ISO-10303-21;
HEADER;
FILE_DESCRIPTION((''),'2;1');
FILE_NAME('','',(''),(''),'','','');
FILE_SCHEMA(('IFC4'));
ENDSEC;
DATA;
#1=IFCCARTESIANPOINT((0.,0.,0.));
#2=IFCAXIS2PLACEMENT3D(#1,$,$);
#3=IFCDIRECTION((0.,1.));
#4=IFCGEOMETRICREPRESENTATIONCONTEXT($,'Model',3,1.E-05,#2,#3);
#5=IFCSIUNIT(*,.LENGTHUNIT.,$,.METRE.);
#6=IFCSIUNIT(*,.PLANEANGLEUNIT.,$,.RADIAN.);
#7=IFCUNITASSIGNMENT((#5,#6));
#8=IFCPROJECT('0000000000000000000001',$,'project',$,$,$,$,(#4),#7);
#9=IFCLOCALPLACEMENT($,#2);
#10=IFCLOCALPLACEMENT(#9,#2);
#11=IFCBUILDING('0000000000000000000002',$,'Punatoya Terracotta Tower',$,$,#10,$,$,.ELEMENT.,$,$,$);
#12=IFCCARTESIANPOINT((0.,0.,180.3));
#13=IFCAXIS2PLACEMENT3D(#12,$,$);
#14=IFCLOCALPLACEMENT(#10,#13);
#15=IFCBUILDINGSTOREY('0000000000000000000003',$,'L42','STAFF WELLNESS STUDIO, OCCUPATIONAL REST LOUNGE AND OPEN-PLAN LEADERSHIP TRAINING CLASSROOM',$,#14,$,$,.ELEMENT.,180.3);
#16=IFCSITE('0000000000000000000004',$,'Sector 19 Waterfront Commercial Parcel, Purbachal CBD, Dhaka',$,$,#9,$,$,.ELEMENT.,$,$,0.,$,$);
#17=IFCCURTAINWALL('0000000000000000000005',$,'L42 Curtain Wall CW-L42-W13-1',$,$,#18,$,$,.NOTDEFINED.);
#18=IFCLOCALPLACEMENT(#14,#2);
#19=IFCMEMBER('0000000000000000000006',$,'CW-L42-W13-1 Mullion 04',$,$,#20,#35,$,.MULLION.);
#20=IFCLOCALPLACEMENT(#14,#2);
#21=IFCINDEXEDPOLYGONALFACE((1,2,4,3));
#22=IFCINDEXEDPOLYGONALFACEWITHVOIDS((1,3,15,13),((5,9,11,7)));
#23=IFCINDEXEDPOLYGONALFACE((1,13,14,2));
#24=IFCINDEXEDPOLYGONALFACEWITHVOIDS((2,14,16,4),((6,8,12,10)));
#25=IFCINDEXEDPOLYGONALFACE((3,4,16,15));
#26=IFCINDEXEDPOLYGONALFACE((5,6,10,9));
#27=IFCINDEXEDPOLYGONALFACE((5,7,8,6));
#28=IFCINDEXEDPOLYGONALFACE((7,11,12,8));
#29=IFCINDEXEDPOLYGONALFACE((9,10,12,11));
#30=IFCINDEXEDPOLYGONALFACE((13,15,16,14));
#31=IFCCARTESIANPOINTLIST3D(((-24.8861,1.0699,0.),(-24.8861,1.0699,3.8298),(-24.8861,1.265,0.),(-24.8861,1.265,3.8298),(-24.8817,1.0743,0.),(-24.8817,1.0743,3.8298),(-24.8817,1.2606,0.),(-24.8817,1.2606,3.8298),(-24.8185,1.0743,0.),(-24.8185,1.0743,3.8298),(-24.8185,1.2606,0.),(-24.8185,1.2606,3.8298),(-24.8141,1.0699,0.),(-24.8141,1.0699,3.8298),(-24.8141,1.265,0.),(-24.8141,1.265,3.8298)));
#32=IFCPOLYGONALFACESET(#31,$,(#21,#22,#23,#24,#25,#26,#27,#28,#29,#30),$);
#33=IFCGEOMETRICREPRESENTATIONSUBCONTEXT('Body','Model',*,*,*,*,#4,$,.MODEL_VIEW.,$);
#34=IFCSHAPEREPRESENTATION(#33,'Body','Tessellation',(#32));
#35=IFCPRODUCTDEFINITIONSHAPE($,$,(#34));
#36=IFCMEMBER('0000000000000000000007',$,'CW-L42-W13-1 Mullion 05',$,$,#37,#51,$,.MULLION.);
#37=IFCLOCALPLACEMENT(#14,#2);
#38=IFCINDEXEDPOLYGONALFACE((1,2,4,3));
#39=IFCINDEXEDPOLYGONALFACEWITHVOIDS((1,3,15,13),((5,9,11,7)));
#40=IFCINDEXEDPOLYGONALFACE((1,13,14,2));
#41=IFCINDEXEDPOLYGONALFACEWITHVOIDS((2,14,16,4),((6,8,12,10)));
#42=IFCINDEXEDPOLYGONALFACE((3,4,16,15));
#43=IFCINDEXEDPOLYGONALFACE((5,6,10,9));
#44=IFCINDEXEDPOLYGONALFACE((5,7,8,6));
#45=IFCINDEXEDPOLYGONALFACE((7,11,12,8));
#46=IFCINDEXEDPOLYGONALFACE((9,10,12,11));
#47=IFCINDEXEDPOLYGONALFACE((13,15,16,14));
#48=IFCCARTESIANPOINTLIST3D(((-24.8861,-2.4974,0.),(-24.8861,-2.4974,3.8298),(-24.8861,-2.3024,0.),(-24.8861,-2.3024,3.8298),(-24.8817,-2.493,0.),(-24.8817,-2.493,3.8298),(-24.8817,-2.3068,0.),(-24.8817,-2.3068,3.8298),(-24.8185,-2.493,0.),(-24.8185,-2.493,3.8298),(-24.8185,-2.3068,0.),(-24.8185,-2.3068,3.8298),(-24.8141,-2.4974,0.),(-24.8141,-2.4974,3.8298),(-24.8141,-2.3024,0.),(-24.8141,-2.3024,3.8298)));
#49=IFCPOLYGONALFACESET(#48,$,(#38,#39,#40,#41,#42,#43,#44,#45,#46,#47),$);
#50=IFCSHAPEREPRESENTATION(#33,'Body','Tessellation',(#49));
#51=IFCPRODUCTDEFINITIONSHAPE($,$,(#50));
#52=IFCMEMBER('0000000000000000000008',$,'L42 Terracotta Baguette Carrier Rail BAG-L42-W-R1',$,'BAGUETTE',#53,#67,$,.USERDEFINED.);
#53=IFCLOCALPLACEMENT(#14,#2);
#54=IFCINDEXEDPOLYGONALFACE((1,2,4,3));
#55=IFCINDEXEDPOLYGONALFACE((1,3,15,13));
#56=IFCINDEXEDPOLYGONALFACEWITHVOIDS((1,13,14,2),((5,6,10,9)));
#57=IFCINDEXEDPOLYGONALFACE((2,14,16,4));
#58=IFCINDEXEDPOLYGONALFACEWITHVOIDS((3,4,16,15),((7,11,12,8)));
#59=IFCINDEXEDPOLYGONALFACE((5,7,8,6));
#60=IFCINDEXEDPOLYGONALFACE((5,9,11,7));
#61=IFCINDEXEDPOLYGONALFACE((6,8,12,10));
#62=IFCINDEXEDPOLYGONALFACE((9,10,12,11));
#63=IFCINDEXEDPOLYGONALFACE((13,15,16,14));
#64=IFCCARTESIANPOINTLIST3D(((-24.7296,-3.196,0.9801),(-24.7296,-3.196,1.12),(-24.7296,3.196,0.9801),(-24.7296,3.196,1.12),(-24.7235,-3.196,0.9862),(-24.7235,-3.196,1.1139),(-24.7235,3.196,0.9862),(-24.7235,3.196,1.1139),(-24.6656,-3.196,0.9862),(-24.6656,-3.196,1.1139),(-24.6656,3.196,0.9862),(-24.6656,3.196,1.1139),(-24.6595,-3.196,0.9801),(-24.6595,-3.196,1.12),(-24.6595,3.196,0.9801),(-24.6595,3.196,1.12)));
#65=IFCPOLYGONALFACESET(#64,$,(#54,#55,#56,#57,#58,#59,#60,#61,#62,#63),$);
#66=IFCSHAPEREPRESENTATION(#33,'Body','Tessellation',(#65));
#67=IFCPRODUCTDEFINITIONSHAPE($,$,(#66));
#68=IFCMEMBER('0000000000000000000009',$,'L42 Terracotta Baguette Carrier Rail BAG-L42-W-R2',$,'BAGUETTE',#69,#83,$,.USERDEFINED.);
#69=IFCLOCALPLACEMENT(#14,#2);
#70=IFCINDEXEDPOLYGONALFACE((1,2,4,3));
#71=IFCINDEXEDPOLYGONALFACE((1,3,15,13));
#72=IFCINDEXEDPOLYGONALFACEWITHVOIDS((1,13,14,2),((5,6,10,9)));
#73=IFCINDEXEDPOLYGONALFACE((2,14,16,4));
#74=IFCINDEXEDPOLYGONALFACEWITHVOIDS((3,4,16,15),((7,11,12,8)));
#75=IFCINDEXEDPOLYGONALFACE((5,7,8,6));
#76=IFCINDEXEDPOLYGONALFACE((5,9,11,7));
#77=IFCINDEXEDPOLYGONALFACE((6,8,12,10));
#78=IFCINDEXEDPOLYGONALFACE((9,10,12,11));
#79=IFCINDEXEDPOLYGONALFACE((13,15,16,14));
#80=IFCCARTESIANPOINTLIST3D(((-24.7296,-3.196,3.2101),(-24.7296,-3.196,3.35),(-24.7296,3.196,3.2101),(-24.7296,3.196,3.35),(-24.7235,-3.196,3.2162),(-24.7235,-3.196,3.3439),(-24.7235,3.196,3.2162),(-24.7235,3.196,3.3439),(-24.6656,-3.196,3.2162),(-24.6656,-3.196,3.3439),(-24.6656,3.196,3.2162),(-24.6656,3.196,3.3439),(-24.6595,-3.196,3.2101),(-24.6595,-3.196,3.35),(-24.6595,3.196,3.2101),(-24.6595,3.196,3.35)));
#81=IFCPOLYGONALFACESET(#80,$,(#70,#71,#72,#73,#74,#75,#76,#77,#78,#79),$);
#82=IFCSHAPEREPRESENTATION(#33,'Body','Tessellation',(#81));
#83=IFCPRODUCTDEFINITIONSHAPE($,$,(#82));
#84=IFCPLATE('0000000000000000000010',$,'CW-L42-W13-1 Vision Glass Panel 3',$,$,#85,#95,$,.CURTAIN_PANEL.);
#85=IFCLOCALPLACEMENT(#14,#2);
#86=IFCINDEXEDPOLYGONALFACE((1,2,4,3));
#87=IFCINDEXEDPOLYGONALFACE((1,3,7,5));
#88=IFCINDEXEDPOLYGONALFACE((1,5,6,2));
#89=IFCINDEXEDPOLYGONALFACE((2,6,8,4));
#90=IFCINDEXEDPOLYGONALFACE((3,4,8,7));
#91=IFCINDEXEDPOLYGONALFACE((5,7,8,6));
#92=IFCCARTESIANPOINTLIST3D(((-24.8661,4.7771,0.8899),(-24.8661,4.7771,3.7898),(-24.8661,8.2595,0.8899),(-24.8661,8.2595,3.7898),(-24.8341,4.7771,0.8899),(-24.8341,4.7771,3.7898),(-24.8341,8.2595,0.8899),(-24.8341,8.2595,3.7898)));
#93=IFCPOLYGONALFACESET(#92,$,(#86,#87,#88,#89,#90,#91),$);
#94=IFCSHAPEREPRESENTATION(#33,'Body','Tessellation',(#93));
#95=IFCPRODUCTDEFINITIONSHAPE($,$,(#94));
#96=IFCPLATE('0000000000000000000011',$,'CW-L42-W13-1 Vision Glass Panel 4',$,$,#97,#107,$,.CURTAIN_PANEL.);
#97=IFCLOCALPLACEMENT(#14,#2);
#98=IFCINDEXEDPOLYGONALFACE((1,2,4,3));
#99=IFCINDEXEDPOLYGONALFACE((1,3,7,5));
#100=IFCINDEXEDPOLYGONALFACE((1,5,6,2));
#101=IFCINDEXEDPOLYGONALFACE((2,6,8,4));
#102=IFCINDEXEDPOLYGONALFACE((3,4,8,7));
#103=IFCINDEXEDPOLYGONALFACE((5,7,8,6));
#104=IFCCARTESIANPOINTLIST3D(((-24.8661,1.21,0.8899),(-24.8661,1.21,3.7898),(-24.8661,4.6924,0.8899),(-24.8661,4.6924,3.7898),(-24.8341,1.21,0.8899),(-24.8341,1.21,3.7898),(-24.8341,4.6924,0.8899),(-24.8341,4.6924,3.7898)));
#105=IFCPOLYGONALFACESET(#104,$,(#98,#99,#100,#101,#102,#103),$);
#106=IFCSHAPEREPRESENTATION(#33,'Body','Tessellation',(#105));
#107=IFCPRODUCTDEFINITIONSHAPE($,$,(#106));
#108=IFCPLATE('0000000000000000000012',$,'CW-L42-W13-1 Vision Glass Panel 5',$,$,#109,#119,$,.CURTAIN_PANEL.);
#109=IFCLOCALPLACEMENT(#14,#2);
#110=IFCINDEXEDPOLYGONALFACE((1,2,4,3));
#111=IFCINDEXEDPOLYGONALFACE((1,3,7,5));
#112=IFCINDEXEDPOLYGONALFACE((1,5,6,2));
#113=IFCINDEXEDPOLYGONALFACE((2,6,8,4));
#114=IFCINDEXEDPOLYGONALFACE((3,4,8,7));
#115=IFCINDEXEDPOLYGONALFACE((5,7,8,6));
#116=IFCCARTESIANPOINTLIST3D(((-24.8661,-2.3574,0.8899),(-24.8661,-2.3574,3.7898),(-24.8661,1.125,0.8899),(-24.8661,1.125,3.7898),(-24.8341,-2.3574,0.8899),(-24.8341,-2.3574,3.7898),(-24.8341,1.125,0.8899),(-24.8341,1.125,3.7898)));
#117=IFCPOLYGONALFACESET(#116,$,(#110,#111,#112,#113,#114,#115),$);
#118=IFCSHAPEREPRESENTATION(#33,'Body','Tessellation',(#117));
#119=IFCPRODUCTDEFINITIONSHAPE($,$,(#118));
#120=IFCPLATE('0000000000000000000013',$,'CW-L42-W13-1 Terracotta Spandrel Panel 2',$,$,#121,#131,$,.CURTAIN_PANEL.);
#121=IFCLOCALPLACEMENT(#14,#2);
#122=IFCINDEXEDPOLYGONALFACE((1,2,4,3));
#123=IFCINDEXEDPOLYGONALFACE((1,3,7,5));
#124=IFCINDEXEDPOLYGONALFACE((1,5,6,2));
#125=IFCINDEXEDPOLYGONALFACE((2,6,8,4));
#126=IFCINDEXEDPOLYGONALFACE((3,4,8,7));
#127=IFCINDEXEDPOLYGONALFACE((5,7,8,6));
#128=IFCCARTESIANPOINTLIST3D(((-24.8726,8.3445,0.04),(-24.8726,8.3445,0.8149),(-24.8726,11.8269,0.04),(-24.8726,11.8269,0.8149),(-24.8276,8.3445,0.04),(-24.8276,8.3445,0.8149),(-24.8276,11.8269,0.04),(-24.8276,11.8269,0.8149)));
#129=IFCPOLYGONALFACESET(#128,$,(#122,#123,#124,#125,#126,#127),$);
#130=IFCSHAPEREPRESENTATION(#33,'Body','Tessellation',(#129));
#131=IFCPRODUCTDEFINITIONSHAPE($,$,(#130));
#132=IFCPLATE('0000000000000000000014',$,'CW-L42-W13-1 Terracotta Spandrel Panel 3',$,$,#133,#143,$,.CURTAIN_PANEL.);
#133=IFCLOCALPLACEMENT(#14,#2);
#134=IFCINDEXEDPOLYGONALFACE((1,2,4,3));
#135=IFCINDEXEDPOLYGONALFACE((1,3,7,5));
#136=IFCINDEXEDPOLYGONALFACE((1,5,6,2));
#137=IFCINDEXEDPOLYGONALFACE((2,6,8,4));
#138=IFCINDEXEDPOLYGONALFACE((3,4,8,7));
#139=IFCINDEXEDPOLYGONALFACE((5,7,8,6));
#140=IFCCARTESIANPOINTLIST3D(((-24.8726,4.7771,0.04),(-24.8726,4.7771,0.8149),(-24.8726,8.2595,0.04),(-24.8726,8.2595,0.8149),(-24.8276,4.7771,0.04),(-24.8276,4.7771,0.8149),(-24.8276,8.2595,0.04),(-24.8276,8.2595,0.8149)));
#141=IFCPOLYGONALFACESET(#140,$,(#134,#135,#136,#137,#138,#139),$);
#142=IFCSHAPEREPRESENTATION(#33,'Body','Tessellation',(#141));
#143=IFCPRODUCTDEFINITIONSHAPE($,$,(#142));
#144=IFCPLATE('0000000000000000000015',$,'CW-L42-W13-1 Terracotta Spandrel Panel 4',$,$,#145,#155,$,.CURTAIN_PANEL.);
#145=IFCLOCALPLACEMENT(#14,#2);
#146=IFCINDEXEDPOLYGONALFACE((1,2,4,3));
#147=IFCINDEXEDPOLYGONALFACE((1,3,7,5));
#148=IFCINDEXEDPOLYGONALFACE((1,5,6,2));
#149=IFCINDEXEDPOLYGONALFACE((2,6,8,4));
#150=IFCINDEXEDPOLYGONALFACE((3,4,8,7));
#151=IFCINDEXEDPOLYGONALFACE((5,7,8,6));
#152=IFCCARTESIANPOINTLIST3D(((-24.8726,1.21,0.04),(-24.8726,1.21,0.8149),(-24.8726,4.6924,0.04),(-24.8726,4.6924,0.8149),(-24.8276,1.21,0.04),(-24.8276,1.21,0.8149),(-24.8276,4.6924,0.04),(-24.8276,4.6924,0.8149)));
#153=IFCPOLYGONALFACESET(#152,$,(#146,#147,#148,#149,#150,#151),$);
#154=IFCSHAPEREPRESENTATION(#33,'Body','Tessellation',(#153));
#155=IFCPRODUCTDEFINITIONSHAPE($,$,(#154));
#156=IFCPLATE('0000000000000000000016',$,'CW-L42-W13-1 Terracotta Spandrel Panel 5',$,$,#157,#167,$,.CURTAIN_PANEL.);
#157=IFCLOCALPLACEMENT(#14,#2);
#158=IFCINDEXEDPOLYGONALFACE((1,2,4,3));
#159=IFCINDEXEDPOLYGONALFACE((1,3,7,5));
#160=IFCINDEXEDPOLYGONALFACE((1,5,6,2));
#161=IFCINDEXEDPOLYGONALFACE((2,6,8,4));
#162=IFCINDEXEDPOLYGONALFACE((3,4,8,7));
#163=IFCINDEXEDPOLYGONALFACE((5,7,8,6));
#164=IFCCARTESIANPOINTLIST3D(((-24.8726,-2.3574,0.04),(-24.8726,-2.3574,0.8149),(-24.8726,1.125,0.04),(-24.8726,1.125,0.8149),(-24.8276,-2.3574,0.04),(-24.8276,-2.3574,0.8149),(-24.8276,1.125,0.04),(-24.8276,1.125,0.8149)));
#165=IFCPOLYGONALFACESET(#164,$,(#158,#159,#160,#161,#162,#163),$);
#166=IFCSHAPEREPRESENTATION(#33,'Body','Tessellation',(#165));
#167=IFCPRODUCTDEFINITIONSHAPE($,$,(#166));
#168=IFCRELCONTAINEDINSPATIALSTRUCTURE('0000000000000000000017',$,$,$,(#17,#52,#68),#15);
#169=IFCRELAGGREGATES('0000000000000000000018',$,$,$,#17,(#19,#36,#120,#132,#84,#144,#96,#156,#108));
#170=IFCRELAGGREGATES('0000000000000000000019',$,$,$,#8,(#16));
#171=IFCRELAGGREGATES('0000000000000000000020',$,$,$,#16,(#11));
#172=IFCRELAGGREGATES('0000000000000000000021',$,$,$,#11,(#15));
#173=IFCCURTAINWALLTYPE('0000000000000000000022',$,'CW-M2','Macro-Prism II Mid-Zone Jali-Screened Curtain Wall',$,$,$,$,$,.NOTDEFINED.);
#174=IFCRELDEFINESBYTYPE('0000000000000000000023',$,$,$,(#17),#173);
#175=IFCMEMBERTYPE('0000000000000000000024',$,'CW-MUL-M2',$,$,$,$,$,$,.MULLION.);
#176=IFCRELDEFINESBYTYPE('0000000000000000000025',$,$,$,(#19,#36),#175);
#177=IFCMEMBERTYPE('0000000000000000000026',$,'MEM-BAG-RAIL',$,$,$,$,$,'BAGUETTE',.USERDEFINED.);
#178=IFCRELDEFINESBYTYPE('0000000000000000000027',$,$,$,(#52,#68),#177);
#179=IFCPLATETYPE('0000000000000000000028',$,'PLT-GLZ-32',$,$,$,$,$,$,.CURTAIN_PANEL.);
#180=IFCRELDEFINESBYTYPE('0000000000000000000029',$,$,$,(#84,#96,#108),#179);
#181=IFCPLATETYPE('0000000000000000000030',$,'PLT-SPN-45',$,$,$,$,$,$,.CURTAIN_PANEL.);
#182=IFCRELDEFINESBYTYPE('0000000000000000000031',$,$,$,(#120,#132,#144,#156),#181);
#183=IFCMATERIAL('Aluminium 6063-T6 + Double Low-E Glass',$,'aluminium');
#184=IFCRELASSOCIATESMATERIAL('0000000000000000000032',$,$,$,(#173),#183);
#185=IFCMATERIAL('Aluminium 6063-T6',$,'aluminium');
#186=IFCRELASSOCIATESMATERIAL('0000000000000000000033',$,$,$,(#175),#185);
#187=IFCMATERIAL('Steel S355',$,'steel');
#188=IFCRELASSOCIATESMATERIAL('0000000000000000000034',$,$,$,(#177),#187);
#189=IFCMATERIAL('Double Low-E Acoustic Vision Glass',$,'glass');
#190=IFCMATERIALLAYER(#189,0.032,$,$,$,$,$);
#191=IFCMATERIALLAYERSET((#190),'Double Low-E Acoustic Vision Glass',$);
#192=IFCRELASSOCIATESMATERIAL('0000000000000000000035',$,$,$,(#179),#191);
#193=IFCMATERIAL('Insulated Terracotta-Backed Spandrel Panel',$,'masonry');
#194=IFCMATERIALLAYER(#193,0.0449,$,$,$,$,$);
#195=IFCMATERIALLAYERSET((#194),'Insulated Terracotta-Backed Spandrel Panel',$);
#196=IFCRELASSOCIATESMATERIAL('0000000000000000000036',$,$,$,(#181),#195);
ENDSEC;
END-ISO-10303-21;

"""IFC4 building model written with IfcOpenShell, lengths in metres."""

from ifc_helpers import new_model, si_unit, direction, frame, origin, origin_2d, place, context, subcontext, project, spatial, rectangle, hollow_rectangle, extrude, material, layer, layer_set, material_profile, profile_set, type_object, element, aggregate, save


model = new_model("IFC4")

# Units and contexts
model_context = context("Model", 3, precision=1e-05, world=origin(), true_north=direction((0.0, 1.0)))
body_context = subcontext(model_context, "Body", "Model", "MODEL_VIEW")
ifc_project = project(units=[si_unit("LENGTHUNIT", "METRE"), si_unit("PLANEANGLEUNIT", "RADIAN")], contexts=[model_context])

# Site, building, storey
site_placement = place(None, origin())
site = spatial("IfcSite", under=ifc_project, at=site_placement, Name="Sector 19 Waterfront Commercial Parcel, Purbachal CBD, Dhaka", CompositionType="ELEMENT", RefElevation=0.0)
building_placement = place(site_placement, origin())
building = spatial("IfcBuilding", under=site, at=building_placement, Name="Punatoya Terracotta Tower", CompositionType="ELEMENT")
storey_placement = place(building_placement, frame((0.0, 0.0, 180.3)))
storey = spatial("IfcBuildingStorey", under=building, at=storey_placement, Name="L42", Description="STAFF WELLNESS STUDIO, OCCUPATIONAL REST LOUNGE AND OPEN-PLAN LEADERSHIP TRAINING CLASSROOM", CompositionType="ELEMENT", Elevation=180.3)

# Shared definitions
ifc_material_1 = material(Name="Steel S355", Category="steel")

# Curtain wall, members
ifc_material_2 = material(Name="Aluminium 6063-T6 + Double Low-E Glass", Category="aluminium")
curtain_wall_type = type_object("IfcCurtainWallType", Name="CW-M2", Description="Macro-Prism II Mid-Zone Jali-Screened Curtain Wall", PredefinedType="NOTDEFINED", material=ifc_material_2)
curtain_wall_placement = place(storey_placement, origin())
curtain_wall = element("IfcCurtainWall", 1, at=curtain_wall_placement, inside=storey, type_object=curtain_wall_type, Name="L42 Curtain Wall CW-L42-W13-1", PredefinedType="NOTDEFINED")
ifc_material_3 = material(Name="Aluminium 6063-T6", Category="aluminium")
ifc_material_profile_1 = material_profile(ifc_material_3, hollow_rectangle(XDim=0.072, YDim=0.1951, WallThickness=0.0044, at=origin_2d()))
ifc_profile_set_1 = profile_set([ifc_material_profile_1], Name="Aluminium 6063-T6")
member_type_1 = type_object("IfcMemberType", Name="CW-MUL-M2", PredefinedType="MULLION", material=ifc_profile_set_1)
member_1_placement = place(storey_placement, frame((-24.8501, 1.1675, 0.0), z_axis=(0.0, 0.0, 1.0), x_axis=(1.0, 0.0, 0.0)))
member_1 = element("IfcMember", 2, at=member_1_placement, type_object=member_type_1, Name="CW-L42-W13-1 Mullion 04", PredefinedType="MULLION", context=body_context, shape_type="SweptSolid", body=[
    extrude(hollow_rectangle(XDim=0.072, YDim=0.1951, WallThickness=0.0044, at=origin_2d()), origin(), (0.0, 0.0, 1.0), 3.8298),
])
member_2_placement = place(storey_placement, frame((-24.8501, -2.3999, 0.0), z_axis=(0.0, 0.0, 1.0), x_axis=(1.0, 0.0, 0.0)))
member_2 = element("IfcMember", 3, at=member_2_placement, type_object=member_type_1, Name="CW-L42-W13-1 Mullion 05", PredefinedType="MULLION", context=body_context, shape_type="SweptSolid", body=[
    extrude(hollow_rectangle(XDim=0.072, YDim=0.1951, WallThickness=0.0044, at=origin_2d()), origin(), (0.0, 0.0, 1.0), 3.8298),
])

# Members
ifc_material_profile_2 = material_profile(ifc_material_1, hollow_rectangle(XDim=0.0701, YDim=0.1399, WallThickness=0.0061, at=origin_2d()))
ifc_profile_set_2 = profile_set([ifc_material_profile_2], Name="Steel S355")
member_type_2 = type_object("IfcMemberType", Name="MEM-BAG-RAIL", ElementType="BAGUETTE", PredefinedType="USERDEFINED", material=ifc_profile_set_2)
for number, where, z_axis, x_axis, name in (
    (4, (-24.6946, -3.196, 1.05), (0.0, 1.0, 0.0), (-1.0, 0.0, 0.0), "L42 Terracotta Baguette Carrier Rail BAG-L42-W-R1"),
    (5, (-24.6946, -3.196, 3.28), (0.0, 1.0, 0.0), (-1.0, 0.0, 0.0), "L42 Terracotta Baguette Carrier Rail BAG-L42-W-R2"),
):
    element("IfcMember", number, at=place(storey_placement, frame(where, z_axis=z_axis, x_axis=x_axis)), inside=storey, type_object=member_type_2, Name=name, ObjectType="BAGUETTE", PredefinedType="USERDEFINED", context=body_context, shape_type="SweptSolid", body=[
        extrude(hollow_rectangle(XDim=0.0701, YDim=0.1399, WallThickness=0.0061, at=origin_2d()), origin(), (0.0, 0.0, 1.0), 6.3921),
    ])

# Plates
ifc_material_4 = material(Name="Double Low-E Acoustic Vision Glass", Category="glass")
ifc_layer_1 = layer(ifc_material_4, 0.032)
ifc_layer_set_1 = layer_set([ifc_layer_1], Name="Double Low-E Acoustic Vision Glass")
plate_type_1 = type_object("IfcPlateType", Name="PLT-GLZ-32", PredefinedType="CURTAIN_PANEL", material=ifc_layer_set_1)
plate_1_placement = place(storey_placement, frame((-24.8501, 6.5183, 0.8899), z_axis=(0.0, 0.0, 1.0), x_axis=(0.0, -1.0, 0.0)))
plate_1 = element("IfcPlate", 6, at=plate_1_placement, type_object=plate_type_1, Name="CW-L42-W13-1 Vision Glass Panel 3", PredefinedType="CURTAIN_PANEL", context=body_context, shape_type="SweptSolid", body=[
    extrude(rectangle(XDim=3.4824, YDim=0.032, at=origin_2d()), origin(), (0.0, 0.0, 1.0), 2.8999),
])
plate_2_placement = place(storey_placement, frame((-24.8501, 2.9512, 0.8899), z_axis=(0.0, 0.0, 1.0), x_axis=(0.0, -1.0, 0.0)))
plate_2 = element("IfcPlate", 7, at=plate_2_placement, type_object=plate_type_1, Name="CW-L42-W13-1 Vision Glass Panel 4", PredefinedType="CURTAIN_PANEL", context=body_context, shape_type="SweptSolid", body=[
    extrude(rectangle(XDim=3.4824, YDim=0.032, at=origin_2d()), origin(), (0.0, 0.0, 1.0), 2.8999),
])
plate_3_placement = place(storey_placement, frame((-24.8501, -0.6162, 0.8899), z_axis=(0.0, 0.0, 1.0), x_axis=(0.0, -1.0, 0.0)))
plate_3 = element("IfcPlate", 8, at=plate_3_placement, type_object=plate_type_1, Name="CW-L42-W13-1 Vision Glass Panel 5", PredefinedType="CURTAIN_PANEL", context=body_context, shape_type="SweptSolid", body=[
    extrude(rectangle(XDim=3.4824, YDim=0.032, at=origin_2d()), origin(), (0.0, 0.0, 1.0), 2.8999),
])
ifc_material_5 = material(Name="Insulated Terracotta-Backed Spandrel Panel", Category="masonry")
ifc_layer_2 = layer(ifc_material_5, 0.0449)
ifc_layer_set_2 = layer_set([ifc_layer_2], Name="Insulated Terracotta-Backed Spandrel Panel")
plate_type_2 = type_object("IfcPlateType", Name="PLT-SPN-45", PredefinedType="CURTAIN_PANEL", material=ifc_layer_set_2)
plate_4_placement = place(storey_placement, frame((-24.8501, 10.0857, 0.04), z_axis=(0.0, 0.0, 1.0), x_axis=(0.0, -1.0, 0.0)))
plate_4 = element("IfcPlate", 9, at=plate_4_placement, type_object=plate_type_2, Name="CW-L42-W13-1 Terracotta Spandrel Panel 2", PredefinedType="CURTAIN_PANEL", context=body_context, shape_type="SweptSolid", body=[
    extrude(rectangle(XDim=3.4824, YDim=0.0449, at=origin_2d()), origin(), (0.0, 0.0, 1.0), 0.7749),
])
plate_5_placement = place(storey_placement, frame((-24.8501, 6.5183, 0.04), z_axis=(0.0, 0.0, 1.0), x_axis=(0.0, -1.0, 0.0)))
plate_5 = element("IfcPlate", 10, at=plate_5_placement, type_object=plate_type_2, Name="CW-L42-W13-1 Terracotta Spandrel Panel 3", PredefinedType="CURTAIN_PANEL", context=body_context, shape_type="SweptSolid", body=[
    extrude(rectangle(XDim=3.4824, YDim=0.0449, at=origin_2d()), origin(), (0.0, 0.0, 1.0), 0.7749),
])
plate_6_placement = place(storey_placement, frame((-24.8501, 2.9512, 0.04), z_axis=(0.0, 0.0, 1.0), x_axis=(0.0, -1.0, 0.0)))
plate_6 = element("IfcPlate", 11, at=plate_6_placement, type_object=plate_type_2, Name="CW-L42-W13-1 Terracotta Spandrel Panel 4", PredefinedType="CURTAIN_PANEL", context=body_context, shape_type="SweptSolid", body=[
    extrude(rectangle(XDim=3.4824, YDim=0.0449, at=origin_2d()), origin(), (0.0, 0.0, 1.0), 0.7749),
])
plate_7_placement = place(storey_placement, frame((-24.8501, -0.6162, 0.04), z_axis=(0.0, 0.0, 1.0), x_axis=(0.0, -1.0, 0.0)))
plate_7 = element("IfcPlate", 12, at=plate_7_placement, type_object=plate_type_2, Name="CW-L42-W13-1 Terracotta Spandrel Panel 5", PredefinedType="CURTAIN_PANEL", context=body_context, shape_type="SweptSolid", body=[
    extrude(rectangle(XDim=3.4824, YDim=0.0449, at=origin_2d()), origin(), (0.0, 0.0, 1.0), 0.7749),
])
aggregate(curtain_wall, [member_1, member_2, plate_4, plate_5, plate_1, plate_6, plate_2, plate_7, plate_3])

save(model, "model.ifc")
